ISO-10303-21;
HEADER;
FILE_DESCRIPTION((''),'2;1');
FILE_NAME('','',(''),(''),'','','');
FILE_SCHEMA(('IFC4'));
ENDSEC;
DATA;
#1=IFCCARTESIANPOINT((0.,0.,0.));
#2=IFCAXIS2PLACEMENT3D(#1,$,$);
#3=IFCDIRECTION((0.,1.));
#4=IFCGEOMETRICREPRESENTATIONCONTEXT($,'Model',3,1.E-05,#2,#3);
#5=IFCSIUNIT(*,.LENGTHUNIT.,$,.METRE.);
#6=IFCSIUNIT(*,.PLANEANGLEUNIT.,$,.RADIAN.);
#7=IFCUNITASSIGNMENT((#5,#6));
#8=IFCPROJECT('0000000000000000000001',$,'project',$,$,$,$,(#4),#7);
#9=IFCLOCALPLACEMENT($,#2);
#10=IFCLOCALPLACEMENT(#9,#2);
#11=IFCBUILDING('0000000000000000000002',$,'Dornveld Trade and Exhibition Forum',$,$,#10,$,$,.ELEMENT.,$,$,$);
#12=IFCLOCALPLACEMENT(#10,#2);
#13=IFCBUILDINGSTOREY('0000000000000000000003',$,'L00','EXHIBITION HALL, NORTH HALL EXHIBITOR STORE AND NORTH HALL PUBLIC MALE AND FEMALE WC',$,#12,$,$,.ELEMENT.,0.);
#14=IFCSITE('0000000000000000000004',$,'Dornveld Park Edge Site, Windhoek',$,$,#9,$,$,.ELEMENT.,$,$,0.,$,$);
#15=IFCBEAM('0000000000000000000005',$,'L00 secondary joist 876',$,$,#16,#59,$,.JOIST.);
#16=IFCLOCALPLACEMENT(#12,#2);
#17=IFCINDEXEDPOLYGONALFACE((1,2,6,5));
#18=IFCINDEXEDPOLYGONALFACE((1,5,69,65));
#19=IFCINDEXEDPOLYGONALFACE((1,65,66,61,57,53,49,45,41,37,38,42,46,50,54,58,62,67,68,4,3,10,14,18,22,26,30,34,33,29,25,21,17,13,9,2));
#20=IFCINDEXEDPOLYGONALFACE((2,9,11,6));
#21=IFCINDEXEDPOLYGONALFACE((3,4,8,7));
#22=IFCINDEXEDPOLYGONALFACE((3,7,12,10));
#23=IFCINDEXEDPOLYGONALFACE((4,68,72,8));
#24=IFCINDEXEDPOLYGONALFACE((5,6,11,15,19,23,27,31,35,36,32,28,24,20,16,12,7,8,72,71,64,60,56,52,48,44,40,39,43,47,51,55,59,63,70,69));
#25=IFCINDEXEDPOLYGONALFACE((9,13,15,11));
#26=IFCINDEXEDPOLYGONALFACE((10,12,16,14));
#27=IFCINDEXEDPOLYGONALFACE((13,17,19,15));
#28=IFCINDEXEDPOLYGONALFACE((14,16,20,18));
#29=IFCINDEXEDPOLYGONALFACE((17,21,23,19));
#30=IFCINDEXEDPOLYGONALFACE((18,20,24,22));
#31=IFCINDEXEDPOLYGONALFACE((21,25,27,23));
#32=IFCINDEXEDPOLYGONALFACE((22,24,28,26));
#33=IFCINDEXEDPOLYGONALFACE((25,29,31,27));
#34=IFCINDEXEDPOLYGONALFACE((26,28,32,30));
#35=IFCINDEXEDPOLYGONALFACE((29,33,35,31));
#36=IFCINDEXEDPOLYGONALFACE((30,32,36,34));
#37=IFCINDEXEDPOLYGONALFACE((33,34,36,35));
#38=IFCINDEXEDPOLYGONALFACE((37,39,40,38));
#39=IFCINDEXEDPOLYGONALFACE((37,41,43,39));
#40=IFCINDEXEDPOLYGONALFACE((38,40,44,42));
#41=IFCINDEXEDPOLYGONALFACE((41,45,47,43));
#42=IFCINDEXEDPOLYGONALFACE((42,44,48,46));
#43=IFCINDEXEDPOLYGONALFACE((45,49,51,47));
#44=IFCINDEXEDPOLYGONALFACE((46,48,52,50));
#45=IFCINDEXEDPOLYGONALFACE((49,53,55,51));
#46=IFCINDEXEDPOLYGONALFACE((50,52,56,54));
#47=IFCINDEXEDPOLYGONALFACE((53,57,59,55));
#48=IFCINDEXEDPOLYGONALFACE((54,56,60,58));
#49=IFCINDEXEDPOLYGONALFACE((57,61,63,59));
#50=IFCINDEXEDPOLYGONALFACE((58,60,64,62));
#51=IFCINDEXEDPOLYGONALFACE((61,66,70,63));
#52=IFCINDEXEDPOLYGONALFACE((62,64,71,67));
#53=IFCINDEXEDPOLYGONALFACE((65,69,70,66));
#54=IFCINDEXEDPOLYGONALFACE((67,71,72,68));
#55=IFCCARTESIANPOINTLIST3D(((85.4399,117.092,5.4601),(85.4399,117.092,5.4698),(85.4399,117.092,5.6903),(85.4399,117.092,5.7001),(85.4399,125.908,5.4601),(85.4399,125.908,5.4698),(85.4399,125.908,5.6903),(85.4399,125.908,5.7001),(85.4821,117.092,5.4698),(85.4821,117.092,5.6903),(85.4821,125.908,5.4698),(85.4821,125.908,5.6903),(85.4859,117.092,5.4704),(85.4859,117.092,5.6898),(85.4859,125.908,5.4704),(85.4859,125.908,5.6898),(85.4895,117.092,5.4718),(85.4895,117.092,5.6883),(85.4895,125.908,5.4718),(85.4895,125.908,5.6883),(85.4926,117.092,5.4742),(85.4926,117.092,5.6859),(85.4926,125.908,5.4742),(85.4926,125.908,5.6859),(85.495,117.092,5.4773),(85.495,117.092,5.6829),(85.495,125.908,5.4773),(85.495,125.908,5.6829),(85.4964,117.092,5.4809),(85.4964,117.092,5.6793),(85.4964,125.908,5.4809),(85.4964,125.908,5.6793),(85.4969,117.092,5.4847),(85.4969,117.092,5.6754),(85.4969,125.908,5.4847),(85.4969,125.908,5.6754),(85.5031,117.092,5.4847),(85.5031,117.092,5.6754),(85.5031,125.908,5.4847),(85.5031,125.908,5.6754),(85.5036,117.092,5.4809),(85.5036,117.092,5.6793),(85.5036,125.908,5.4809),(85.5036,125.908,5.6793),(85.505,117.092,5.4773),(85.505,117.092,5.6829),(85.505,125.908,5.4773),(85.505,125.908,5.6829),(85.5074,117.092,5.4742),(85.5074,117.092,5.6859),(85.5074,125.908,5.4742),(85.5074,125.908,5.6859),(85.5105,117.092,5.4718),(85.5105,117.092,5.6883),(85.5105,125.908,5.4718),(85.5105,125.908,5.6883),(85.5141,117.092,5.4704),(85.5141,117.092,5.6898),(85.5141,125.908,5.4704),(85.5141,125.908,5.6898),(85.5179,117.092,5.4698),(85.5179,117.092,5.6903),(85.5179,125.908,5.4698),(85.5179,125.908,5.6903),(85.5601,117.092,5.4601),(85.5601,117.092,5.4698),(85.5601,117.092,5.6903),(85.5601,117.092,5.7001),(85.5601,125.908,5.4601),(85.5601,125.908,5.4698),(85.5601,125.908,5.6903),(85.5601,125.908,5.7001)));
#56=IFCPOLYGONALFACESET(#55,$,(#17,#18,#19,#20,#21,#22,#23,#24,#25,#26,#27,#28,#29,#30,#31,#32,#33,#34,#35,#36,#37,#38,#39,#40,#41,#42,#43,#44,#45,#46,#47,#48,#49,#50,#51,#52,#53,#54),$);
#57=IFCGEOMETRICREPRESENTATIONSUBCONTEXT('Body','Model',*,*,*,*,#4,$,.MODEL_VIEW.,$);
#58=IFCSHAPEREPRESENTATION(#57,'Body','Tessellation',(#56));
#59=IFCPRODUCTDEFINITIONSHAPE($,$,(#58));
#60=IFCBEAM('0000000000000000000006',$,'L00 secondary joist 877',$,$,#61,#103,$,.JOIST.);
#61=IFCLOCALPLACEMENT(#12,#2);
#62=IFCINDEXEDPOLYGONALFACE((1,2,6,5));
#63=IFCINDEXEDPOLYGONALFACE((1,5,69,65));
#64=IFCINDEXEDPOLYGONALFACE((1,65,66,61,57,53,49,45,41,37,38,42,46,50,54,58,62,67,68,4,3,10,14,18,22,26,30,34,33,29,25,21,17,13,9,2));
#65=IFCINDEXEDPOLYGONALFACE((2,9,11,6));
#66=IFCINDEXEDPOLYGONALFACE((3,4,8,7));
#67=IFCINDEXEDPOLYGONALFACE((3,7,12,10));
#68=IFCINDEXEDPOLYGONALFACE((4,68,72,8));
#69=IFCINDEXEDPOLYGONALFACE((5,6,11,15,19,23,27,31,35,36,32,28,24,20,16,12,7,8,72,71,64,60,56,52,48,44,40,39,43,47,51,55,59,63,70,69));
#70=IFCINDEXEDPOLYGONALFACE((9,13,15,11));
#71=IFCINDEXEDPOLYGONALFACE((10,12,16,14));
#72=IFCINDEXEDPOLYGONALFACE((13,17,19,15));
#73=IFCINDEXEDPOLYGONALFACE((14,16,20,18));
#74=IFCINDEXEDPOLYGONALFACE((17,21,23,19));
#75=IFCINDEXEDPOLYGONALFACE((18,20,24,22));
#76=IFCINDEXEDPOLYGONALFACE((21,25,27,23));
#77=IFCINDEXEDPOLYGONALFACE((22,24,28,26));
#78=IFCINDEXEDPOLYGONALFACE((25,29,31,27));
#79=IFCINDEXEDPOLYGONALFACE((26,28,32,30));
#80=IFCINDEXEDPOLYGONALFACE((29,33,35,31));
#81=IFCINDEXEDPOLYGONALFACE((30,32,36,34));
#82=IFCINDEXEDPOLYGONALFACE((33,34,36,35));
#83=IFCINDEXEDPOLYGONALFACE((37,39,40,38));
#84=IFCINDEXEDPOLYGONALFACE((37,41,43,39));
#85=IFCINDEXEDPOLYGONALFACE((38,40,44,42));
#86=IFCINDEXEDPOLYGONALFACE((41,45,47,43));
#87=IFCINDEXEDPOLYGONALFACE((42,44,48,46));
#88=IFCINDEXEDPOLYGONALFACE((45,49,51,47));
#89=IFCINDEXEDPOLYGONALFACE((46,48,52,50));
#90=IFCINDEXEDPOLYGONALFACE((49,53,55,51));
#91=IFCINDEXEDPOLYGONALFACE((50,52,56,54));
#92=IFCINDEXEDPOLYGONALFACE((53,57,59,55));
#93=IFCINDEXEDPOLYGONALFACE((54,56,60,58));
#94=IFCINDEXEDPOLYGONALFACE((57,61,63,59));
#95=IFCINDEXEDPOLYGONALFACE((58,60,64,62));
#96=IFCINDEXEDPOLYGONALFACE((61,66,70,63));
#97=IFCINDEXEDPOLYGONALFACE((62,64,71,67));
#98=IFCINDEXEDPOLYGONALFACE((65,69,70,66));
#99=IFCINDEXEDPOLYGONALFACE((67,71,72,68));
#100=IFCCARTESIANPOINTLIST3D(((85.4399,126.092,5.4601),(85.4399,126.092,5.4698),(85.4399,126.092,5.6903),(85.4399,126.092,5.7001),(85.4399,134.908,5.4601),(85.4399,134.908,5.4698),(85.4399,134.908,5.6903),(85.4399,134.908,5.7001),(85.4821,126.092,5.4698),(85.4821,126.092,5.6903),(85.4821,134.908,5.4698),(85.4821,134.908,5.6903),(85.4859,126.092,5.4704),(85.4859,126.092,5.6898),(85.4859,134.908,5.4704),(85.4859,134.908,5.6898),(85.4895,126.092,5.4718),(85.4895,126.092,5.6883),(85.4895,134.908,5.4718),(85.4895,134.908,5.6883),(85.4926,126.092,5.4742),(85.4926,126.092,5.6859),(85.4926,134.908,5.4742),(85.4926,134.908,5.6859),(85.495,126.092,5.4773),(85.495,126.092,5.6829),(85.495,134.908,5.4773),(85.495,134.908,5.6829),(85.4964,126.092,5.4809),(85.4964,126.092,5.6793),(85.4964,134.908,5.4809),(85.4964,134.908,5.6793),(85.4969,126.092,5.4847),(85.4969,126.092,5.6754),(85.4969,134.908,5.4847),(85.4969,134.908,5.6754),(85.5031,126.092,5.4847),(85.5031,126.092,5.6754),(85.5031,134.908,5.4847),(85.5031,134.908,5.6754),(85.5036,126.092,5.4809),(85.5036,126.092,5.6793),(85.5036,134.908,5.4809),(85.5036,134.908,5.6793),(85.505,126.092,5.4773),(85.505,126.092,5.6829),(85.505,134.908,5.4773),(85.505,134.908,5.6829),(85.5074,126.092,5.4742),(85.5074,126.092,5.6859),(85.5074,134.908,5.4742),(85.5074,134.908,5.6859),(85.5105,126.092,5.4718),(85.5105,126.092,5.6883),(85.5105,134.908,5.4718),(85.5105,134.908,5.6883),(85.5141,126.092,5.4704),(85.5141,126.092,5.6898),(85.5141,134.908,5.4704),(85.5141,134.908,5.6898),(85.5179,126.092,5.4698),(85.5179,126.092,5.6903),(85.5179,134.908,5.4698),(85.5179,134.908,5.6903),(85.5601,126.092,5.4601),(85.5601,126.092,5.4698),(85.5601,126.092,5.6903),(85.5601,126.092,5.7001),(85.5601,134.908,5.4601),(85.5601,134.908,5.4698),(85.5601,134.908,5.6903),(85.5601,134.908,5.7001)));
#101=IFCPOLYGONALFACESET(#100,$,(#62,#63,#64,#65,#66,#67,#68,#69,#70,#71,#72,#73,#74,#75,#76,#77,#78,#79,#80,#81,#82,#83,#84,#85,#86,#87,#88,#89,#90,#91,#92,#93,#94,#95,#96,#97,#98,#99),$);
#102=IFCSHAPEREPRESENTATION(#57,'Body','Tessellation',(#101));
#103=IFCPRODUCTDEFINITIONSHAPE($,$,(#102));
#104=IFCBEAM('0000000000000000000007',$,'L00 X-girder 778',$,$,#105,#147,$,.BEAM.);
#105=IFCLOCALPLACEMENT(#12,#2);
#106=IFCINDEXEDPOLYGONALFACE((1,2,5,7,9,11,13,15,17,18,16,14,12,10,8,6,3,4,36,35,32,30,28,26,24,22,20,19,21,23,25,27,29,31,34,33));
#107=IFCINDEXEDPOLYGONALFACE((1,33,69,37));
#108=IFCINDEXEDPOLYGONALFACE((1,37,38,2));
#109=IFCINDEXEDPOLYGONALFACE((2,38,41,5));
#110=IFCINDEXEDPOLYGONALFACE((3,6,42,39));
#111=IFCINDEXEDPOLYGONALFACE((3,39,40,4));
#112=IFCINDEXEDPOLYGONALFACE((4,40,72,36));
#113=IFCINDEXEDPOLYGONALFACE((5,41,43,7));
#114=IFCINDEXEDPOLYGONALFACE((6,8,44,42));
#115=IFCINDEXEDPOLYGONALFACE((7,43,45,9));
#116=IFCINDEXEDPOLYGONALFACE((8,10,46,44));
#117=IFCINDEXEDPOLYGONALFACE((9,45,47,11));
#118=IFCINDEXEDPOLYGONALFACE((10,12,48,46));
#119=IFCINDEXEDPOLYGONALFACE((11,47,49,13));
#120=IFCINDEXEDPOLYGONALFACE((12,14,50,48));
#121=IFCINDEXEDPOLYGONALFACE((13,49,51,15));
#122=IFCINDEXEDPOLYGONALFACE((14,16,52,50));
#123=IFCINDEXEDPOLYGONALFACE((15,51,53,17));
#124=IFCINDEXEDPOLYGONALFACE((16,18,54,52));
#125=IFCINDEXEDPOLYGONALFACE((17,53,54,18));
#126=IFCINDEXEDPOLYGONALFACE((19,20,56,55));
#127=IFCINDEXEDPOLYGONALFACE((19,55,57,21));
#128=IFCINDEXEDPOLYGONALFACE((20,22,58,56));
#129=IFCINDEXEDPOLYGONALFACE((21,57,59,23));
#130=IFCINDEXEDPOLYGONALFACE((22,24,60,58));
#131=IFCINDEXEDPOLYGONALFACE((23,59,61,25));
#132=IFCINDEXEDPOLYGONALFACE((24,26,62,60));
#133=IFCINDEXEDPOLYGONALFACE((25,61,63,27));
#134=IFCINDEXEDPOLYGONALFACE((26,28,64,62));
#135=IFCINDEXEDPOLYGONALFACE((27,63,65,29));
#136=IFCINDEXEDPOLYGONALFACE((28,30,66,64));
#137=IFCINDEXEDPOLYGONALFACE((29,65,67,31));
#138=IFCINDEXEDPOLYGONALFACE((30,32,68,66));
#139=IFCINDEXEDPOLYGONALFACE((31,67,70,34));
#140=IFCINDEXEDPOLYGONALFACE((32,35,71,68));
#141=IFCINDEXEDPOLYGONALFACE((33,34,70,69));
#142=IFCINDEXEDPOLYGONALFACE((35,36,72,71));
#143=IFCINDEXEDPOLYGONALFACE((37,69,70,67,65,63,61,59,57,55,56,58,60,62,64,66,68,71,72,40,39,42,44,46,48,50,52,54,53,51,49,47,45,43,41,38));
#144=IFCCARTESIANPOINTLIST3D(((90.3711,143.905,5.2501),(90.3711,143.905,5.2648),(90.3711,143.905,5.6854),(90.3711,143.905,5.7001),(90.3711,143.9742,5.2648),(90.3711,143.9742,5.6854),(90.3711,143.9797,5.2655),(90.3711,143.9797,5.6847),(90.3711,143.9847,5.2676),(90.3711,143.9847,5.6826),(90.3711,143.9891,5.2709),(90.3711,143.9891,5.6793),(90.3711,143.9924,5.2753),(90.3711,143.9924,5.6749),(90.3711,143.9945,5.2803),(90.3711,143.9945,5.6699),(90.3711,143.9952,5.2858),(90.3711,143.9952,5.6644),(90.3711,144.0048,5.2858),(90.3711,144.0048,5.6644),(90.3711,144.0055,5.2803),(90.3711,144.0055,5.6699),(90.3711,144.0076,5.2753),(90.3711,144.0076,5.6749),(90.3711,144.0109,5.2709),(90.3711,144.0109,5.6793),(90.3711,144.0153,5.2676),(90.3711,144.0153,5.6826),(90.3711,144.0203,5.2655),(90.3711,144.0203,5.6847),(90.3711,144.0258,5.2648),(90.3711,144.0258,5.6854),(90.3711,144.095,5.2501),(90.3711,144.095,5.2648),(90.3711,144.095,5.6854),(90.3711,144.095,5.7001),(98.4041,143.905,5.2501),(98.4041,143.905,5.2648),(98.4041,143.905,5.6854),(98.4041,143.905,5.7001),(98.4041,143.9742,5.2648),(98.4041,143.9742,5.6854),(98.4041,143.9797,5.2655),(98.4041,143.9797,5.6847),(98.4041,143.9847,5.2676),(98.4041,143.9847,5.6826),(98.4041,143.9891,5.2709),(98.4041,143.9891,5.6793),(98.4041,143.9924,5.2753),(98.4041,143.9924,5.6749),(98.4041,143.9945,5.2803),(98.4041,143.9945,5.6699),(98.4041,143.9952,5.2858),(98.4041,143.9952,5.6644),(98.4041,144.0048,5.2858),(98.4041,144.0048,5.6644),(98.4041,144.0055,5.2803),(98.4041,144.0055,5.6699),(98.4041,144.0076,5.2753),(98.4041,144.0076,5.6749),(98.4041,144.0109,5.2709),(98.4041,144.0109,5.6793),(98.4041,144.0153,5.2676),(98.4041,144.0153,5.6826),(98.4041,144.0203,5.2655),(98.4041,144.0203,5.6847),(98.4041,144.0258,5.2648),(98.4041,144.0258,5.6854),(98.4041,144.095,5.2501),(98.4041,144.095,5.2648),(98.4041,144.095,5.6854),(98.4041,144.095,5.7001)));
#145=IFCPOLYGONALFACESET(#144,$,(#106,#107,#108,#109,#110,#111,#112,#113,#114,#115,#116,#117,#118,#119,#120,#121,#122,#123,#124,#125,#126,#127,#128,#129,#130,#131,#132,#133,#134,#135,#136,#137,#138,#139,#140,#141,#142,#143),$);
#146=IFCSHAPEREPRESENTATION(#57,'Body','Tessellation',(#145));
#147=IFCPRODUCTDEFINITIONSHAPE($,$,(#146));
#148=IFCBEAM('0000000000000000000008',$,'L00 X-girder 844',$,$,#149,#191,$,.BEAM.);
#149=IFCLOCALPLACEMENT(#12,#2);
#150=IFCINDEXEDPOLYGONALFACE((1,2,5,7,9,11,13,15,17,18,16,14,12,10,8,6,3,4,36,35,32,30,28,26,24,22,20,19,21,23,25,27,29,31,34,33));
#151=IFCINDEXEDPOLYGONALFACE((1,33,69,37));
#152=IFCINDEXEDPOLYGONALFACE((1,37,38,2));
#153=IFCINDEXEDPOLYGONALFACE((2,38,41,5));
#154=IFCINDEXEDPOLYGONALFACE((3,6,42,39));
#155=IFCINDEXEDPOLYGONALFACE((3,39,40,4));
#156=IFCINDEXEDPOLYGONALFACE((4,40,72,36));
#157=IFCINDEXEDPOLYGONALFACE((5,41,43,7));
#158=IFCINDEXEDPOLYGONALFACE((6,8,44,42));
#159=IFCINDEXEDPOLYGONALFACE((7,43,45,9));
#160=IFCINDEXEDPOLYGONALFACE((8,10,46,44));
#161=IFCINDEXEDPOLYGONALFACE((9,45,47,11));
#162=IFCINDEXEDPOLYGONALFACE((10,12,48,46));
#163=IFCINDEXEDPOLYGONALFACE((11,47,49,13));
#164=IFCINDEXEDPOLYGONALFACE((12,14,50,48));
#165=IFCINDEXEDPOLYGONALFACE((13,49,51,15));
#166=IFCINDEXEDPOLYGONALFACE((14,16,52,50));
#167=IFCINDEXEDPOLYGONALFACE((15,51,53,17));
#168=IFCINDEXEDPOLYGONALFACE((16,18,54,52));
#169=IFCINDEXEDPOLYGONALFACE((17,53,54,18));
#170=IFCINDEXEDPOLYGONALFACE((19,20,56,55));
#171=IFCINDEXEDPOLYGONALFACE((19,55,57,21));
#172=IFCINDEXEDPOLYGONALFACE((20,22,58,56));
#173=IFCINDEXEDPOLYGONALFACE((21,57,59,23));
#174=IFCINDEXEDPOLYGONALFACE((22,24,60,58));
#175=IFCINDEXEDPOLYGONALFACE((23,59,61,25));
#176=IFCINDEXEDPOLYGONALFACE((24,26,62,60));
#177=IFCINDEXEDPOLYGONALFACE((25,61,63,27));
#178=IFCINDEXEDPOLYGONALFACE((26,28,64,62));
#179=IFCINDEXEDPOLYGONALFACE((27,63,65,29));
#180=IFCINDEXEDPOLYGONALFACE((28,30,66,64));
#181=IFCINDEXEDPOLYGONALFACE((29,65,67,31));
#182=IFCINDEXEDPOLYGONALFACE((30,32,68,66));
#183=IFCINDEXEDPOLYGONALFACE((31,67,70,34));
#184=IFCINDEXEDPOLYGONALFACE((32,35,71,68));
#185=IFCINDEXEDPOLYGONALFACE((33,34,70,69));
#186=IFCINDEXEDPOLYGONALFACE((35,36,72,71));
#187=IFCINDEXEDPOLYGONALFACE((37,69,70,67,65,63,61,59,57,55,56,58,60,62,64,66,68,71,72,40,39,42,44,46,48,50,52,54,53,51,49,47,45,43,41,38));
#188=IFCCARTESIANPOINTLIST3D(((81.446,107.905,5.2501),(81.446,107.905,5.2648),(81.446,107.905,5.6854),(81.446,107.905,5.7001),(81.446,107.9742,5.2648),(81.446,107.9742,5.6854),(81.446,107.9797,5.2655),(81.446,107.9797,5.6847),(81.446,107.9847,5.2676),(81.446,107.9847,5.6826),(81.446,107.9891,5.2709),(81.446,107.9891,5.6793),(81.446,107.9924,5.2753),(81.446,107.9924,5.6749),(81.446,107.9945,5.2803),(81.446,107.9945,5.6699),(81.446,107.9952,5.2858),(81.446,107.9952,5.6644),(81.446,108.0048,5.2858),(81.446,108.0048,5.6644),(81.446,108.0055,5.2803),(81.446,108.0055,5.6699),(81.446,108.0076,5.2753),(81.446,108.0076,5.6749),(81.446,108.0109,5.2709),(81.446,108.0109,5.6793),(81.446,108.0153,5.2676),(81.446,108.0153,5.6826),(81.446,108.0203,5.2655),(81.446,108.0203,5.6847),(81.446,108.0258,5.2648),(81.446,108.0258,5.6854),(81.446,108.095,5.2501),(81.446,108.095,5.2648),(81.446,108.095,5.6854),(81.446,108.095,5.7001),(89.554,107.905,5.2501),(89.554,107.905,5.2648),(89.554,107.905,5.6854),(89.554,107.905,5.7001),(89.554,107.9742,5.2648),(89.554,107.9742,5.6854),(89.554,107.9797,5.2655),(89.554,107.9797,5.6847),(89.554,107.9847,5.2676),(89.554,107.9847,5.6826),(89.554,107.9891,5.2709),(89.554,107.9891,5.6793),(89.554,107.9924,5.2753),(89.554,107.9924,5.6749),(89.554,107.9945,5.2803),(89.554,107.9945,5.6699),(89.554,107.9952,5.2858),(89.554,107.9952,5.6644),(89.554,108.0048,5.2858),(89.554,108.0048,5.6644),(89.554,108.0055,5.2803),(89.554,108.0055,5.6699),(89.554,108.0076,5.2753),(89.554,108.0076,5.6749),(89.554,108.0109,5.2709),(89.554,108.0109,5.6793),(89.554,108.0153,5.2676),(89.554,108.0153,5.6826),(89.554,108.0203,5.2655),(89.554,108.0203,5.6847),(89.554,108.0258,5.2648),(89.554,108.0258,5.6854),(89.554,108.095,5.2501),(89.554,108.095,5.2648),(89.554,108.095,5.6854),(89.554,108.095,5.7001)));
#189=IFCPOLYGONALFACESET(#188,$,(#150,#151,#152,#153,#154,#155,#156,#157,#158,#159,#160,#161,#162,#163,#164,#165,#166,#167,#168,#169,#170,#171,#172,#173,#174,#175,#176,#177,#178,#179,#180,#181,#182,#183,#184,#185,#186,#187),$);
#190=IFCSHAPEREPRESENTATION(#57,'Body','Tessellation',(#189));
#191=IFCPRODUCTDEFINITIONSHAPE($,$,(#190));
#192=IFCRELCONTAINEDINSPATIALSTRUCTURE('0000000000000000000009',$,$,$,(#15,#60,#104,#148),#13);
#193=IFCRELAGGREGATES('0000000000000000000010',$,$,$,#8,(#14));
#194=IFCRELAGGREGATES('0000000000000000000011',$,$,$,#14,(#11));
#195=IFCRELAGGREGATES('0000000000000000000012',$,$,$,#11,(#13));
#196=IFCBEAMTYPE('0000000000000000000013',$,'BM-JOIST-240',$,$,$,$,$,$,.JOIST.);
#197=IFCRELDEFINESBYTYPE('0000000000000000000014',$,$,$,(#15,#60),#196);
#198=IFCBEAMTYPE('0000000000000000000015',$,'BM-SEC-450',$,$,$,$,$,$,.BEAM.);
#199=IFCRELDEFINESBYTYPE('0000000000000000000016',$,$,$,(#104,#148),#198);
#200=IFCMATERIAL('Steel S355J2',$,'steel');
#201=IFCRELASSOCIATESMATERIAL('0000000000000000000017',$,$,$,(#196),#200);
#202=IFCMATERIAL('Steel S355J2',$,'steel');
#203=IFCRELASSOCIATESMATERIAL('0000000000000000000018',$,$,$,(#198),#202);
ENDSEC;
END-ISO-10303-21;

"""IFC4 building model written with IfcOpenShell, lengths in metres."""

from ifc_helpers import new_model, si_unit, direction, frame, origin, origin_2d, place, context, subcontext, project, spatial, i_section, extrude, material, material_profile, profile_set, type_object, element, save


model = new_model("IFC4")

# Units and contexts
model_context = context("Model", 3, precision=1e-05, world=origin(), true_north=direction((0.0, 1.0)))
body_context = subcontext(model_context, "Body", "Model", "MODEL_VIEW")
ifc_project = project(units=[si_unit("LENGTHUNIT", "METRE"), si_unit("PLANEANGLEUNIT", "RADIAN")], contexts=[model_context])

# Site, building, storey
site_placement = place(None, origin())
site = spatial("IfcSite", under=ifc_project, at=site_placement, Name="Dornveld Park Edge Site, Windhoek", CompositionType="ELEMENT", RefElevation=0.0)
building_placement = place(site_placement, origin())
building = spatial("IfcBuilding", under=site, at=building_placement, Name="Dornveld Trade and Exhibition Forum", CompositionType="ELEMENT")
storey_placement = place(building_placement, origin())
storey = spatial("IfcBuildingStorey", under=building, at=storey_placement, Name="L00", Description="EXHIBITION HALL, NORTH HALL EXHIBITOR STORE AND NORTH HALL PUBLIC MALE AND FEMALE WC", CompositionType="ELEMENT", Elevation=0.0)

# Beams
ifc_material_1 = material(Name="Steel S355J2", Category="steel")
ifc_material_profile_1 = material_profile(ifc_material_1, i_section(OverallWidth=0.1201, OverallDepth=0.24, WebThickness=0.0061, FlangeThickness=0.0098, FilletRadius=0.0149, at=origin_2d()), Name="IPE 240")
ifc_profile_set_1 = profile_set([ifc_material_profile_1], Name="Steel S355J2")
beam_type_1 = type_object("IfcBeamType", Name="BM-JOIST-240", PredefinedType="JOIST", material=ifc_profile_set_1)
for number, where, z_axis, x_axis, name in (
    (1, (85.5, 117.092, 5.5801), (0.0, 1.0, 0.0), (-1.0, 0.0, 0.0), "L00 secondary joist 876"),
    (2, (85.5, 126.092, 5.5801), (0.0, 1.0, 0.0), (-1.0, 0.0, 0.0), "L00 secondary joist 877"),
):
    element("IfcBeam", number, at=place(storey_placement, frame(where, z_axis=z_axis, x_axis=x_axis)), inside=storey, type_object=beam_type_1, Name=name, PredefinedType="JOIST", context=body_context, shape_type="SweptSolid", body=[
        extrude(i_section(OverallWidth=0.1201, OverallDepth=0.24, WebThickness=0.0061, FlangeThickness=0.0098, FilletRadius=0.0149, at=origin_2d()), origin(), (0.0, 0.0, 1.0), 8.8159),
    ])
ifc_material_2 = material(Name="Steel S355J2", Category="steel")
ifc_material_profile_2 = material_profile(ifc_material_2, i_section(OverallWidth=0.1899, OverallDepth=0.45, WebThickness=0.0095, FlangeThickness=0.0146, FilletRadius=0.021, at=origin_2d()), Name="IPE 450")
ifc_profile_set_2 = profile_set([ifc_material_profile_2], Name="Steel S355J2")
beam_type_2 = type_object("IfcBeamType", Name="BM-SEC-450", PredefinedType="BEAM", material=ifc_profile_set_2)
beam_1_placement = place(storey_placement, frame((90.3711, 144.0, 5.4751), z_axis=(1.0, 0.0, 0.0), x_axis=(0.0, 1.0, 0.0)))
element("IfcBeam", 3, at=beam_1_placement, inside=storey, type_object=beam_type_2, Name="L00 X-girder 778", PredefinedType="BEAM", context=body_context, shape_type="SweptSolid", body=[
    extrude(i_section(OverallWidth=0.1899, OverallDepth=0.45, WebThickness=0.0095, FlangeThickness=0.0146, FilletRadius=0.021, at=origin_2d()), origin(), (0.0, 0.0, 1.0), 8.033),
])
beam_2_placement = place(storey_placement, frame((81.446, 108.0, 5.4751), z_axis=(1.0, 0.0, 0.0), x_axis=(0.0, 1.0, 0.0)))
element("IfcBeam", 4, at=beam_2_placement, inside=storey, type_object=beam_type_2, Name="L00 X-girder 844", PredefinedType="BEAM", context=body_context, shape_type="SweptSolid", body=[
    extrude(i_section(OverallWidth=0.1899, OverallDepth=0.45, WebThickness=0.0095, FlangeThickness=0.0146, FilletRadius=0.021, at=origin_2d()), origin(), (0.0, 0.0, 1.0), 8.1079),
])

save(model, "model.ifc")
